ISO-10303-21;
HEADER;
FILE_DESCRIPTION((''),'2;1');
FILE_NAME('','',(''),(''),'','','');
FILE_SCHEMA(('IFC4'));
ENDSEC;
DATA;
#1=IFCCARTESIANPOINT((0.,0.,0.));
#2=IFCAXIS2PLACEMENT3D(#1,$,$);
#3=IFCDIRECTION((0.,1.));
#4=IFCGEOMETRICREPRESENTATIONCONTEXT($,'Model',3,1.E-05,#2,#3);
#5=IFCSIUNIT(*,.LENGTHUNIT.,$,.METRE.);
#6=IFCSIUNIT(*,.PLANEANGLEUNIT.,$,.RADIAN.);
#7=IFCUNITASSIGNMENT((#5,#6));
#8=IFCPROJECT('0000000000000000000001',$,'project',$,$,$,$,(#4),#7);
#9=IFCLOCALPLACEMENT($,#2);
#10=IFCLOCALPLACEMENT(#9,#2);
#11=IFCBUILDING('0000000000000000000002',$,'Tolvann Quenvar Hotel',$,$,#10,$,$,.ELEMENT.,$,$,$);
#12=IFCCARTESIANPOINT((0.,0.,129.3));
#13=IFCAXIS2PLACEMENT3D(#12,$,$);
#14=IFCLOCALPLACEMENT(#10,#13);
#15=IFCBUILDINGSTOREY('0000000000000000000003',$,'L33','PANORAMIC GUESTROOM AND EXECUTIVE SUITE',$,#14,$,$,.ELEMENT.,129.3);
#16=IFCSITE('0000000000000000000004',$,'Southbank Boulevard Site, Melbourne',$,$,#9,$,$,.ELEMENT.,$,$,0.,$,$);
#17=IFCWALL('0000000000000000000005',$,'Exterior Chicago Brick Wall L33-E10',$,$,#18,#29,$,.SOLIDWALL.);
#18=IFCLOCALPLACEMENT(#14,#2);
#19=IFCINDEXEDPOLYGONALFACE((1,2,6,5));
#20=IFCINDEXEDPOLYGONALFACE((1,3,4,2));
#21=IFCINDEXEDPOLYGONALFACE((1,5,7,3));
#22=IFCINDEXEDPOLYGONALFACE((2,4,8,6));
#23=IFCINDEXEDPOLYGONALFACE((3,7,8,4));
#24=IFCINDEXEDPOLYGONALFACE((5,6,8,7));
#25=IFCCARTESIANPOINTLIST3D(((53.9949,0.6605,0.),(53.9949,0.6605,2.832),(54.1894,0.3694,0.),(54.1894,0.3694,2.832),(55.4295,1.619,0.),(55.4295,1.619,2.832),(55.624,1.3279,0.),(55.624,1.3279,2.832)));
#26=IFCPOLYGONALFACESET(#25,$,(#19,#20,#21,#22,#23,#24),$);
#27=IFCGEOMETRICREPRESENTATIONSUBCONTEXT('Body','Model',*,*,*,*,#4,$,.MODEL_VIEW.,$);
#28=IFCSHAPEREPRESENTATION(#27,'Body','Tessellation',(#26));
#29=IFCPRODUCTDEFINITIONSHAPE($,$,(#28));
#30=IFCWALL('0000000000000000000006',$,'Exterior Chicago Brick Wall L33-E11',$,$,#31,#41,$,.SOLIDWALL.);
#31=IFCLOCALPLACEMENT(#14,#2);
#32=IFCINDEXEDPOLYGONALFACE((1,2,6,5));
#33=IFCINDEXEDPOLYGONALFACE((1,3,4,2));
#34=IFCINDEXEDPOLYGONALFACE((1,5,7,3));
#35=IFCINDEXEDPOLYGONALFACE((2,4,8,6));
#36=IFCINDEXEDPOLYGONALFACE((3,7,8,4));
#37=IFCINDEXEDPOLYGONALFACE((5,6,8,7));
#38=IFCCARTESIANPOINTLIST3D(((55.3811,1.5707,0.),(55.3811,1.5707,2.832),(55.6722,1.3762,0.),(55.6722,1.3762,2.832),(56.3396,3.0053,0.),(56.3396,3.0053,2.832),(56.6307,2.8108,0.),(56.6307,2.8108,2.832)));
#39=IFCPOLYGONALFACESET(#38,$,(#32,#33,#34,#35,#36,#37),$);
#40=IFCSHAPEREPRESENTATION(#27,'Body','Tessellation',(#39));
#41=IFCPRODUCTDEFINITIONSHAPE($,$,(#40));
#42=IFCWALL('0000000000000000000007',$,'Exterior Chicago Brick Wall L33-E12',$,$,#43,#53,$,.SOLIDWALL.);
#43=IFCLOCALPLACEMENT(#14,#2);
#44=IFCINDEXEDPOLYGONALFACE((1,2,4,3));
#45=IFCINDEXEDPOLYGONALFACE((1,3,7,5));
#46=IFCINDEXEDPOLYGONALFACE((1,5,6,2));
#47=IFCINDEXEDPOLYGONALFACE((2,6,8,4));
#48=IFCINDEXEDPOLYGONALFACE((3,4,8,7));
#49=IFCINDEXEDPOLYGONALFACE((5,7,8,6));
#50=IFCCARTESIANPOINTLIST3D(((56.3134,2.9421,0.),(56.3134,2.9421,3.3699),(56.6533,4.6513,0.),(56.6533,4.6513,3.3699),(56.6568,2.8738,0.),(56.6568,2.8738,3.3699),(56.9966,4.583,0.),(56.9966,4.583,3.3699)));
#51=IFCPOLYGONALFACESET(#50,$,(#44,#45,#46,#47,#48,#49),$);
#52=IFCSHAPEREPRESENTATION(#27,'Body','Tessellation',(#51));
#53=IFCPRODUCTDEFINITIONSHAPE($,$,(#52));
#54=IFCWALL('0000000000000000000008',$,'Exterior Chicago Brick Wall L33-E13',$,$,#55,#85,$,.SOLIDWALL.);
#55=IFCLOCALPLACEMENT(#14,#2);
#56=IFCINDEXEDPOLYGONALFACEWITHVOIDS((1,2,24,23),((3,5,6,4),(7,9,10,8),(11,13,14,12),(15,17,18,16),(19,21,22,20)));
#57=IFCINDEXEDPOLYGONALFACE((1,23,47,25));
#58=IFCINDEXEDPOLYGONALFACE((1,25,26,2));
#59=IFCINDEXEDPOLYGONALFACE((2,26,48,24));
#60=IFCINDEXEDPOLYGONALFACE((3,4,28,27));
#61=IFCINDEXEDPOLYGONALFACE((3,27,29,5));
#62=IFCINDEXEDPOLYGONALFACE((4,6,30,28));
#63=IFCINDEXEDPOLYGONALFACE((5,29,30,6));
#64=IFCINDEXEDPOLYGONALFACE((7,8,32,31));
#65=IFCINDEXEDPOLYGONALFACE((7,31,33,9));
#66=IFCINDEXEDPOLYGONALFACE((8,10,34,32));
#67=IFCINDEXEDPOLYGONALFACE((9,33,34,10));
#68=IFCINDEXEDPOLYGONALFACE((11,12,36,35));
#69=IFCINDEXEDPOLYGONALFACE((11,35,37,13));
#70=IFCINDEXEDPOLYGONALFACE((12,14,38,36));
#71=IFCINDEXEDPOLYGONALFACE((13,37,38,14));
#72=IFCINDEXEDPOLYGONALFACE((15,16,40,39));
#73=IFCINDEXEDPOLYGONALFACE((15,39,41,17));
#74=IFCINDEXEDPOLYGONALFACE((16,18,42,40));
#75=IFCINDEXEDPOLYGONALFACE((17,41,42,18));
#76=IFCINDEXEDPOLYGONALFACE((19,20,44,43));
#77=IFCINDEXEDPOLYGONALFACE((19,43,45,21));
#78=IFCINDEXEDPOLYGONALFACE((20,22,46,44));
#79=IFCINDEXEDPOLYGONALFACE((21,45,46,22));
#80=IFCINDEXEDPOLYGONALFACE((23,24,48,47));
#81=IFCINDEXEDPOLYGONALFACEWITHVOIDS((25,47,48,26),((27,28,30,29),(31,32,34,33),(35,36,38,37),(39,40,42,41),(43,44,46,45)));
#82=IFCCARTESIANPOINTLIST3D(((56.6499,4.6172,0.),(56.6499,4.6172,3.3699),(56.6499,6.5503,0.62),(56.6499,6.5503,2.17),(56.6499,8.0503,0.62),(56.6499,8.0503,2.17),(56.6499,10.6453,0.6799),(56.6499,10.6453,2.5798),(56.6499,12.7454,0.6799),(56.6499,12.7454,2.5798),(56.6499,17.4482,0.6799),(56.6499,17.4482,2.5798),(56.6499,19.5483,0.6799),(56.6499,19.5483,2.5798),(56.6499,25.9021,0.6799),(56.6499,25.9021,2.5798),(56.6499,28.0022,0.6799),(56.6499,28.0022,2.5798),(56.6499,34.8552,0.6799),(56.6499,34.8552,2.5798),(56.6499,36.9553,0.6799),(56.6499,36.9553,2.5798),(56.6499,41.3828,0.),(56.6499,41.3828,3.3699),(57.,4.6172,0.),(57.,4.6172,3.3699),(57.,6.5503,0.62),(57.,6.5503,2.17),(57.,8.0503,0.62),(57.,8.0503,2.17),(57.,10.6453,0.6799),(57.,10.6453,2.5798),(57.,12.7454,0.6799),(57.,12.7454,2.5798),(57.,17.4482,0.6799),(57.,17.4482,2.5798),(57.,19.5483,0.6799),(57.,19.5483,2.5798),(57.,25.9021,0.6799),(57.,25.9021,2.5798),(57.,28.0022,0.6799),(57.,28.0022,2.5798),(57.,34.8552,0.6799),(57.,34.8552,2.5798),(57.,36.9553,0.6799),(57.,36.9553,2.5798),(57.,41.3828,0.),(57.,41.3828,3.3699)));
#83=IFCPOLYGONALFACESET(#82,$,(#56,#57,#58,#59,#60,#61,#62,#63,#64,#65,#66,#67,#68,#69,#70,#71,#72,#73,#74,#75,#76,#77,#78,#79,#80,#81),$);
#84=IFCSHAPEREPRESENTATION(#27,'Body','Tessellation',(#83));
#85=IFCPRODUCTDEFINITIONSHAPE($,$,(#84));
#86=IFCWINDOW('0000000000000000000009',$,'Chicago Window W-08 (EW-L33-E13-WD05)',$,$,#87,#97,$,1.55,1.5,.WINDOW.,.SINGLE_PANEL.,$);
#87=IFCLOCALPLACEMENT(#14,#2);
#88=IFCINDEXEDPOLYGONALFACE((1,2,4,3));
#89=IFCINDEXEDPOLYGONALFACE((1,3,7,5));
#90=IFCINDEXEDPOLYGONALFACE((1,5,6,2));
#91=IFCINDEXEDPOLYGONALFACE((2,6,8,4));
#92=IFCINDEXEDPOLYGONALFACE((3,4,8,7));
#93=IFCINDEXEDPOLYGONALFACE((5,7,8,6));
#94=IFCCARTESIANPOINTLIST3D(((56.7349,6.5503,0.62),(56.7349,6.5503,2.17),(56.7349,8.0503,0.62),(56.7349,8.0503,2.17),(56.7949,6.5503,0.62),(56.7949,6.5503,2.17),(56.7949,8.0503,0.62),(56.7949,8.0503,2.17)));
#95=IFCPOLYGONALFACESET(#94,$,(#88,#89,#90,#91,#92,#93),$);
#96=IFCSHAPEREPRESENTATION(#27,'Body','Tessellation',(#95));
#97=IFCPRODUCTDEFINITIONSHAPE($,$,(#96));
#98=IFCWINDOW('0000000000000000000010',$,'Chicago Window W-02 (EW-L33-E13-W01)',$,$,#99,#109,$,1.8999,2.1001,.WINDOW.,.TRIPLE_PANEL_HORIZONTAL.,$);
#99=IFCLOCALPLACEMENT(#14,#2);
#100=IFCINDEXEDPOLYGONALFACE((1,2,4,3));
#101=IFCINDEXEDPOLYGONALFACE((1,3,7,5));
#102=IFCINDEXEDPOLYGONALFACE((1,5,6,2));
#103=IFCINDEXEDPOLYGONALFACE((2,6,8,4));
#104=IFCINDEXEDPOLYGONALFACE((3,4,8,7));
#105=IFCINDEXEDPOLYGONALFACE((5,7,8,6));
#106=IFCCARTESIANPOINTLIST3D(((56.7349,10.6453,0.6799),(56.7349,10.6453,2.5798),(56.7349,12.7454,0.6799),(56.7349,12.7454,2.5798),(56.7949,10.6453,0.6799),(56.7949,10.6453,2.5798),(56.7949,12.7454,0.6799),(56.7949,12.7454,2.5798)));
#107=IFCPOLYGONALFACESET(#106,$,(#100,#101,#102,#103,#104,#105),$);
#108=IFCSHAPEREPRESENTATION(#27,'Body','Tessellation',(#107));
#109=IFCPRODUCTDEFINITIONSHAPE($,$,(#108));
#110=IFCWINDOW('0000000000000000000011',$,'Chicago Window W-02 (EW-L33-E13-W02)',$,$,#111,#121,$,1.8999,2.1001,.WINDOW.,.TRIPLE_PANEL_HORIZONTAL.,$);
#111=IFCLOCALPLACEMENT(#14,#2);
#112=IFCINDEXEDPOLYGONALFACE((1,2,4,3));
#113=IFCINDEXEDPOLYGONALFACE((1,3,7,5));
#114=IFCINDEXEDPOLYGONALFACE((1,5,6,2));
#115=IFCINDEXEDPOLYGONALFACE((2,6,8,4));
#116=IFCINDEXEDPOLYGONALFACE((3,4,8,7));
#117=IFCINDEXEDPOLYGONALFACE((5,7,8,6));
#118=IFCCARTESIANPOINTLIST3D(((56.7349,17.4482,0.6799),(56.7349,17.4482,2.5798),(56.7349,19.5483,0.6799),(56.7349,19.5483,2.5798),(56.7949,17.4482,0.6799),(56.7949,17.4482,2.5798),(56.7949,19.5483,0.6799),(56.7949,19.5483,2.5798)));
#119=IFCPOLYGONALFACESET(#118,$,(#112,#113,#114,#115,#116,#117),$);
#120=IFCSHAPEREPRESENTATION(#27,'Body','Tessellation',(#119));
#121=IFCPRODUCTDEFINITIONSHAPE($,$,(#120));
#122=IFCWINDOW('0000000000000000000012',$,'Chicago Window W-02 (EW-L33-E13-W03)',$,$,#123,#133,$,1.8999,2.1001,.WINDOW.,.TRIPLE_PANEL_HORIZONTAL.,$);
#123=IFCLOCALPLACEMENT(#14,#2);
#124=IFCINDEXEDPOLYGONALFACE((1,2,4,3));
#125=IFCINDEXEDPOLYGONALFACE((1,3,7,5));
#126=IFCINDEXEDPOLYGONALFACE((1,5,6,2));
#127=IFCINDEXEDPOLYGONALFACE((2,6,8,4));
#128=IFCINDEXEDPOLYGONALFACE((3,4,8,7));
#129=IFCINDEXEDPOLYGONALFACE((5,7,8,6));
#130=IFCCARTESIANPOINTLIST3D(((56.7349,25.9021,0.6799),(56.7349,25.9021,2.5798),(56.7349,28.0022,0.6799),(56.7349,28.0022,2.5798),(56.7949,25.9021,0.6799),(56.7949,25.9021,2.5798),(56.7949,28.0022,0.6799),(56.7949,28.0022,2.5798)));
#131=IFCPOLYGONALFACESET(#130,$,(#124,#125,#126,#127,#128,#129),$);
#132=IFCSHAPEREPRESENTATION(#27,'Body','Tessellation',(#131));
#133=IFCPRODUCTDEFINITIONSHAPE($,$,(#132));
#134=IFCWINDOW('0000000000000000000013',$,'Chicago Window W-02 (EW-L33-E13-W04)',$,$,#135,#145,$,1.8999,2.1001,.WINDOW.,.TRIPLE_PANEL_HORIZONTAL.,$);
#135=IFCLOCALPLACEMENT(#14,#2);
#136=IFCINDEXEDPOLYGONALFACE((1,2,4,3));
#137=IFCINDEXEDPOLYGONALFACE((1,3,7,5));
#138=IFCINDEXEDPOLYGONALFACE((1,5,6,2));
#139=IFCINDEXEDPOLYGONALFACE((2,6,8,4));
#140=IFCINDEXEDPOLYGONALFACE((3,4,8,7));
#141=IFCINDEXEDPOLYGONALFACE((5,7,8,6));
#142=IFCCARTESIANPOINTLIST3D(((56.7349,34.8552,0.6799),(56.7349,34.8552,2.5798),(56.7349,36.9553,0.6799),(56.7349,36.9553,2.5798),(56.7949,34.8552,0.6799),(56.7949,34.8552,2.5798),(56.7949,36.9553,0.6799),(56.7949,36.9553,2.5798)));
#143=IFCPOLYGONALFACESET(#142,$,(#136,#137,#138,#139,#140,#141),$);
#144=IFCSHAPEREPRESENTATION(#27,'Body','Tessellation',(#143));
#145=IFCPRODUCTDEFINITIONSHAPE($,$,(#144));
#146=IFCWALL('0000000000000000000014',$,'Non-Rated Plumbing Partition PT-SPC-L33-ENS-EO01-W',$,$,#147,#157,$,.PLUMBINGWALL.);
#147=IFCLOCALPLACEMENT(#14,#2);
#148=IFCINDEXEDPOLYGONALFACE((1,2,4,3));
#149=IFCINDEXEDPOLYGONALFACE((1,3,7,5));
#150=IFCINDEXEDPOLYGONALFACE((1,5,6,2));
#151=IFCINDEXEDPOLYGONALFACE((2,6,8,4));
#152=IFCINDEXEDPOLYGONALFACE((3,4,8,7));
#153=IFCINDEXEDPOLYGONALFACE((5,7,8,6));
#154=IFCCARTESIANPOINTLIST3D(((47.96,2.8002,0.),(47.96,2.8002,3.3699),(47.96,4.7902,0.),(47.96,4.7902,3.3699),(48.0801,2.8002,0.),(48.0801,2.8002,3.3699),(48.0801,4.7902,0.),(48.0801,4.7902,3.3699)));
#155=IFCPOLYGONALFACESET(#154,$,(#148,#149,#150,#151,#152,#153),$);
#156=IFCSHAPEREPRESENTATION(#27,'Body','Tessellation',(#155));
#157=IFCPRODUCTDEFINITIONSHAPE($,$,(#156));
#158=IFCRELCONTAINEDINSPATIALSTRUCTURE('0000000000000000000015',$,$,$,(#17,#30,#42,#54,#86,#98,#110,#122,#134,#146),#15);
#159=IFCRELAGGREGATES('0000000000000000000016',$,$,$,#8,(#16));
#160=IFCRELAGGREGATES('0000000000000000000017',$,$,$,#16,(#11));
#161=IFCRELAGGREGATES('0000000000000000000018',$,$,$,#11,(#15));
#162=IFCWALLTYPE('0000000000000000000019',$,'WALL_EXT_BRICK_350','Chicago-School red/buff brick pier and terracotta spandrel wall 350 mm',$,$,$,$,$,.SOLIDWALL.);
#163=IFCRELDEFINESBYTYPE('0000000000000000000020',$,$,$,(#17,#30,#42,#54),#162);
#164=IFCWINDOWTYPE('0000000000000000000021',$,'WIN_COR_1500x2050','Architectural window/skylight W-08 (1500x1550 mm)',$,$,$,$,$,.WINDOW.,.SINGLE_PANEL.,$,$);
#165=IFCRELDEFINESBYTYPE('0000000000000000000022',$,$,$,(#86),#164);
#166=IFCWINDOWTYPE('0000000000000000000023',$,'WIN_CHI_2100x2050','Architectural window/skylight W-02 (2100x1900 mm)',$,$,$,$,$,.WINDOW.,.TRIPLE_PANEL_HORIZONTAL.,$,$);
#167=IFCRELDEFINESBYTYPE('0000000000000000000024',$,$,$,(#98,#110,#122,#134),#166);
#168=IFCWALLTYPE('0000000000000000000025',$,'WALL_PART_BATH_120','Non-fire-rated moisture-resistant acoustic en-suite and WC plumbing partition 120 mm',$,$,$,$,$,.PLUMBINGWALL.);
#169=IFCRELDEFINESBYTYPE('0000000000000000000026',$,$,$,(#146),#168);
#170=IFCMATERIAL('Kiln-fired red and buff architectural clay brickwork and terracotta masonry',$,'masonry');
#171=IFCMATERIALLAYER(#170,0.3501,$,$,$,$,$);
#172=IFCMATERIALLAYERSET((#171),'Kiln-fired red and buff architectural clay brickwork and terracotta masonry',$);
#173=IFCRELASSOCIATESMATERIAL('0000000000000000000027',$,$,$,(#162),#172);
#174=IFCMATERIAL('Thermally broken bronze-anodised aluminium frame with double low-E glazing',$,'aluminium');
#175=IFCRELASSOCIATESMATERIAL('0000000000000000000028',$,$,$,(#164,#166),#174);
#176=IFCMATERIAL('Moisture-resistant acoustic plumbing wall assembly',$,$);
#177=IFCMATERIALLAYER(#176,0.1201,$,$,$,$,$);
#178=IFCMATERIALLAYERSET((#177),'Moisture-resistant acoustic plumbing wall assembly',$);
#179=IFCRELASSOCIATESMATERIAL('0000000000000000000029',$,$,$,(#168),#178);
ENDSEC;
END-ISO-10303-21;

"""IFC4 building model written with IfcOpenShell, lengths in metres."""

from ifc_helpers import new_model, si_unit, direction, frame, frame_2d, origin, place, context, subcontext, project, spatial, rectangle, extrude, source, transform, mapped, material, layer, layer_set, type_object, type_shapes, element, fill, save


model = new_model("IFC4")

# Units and contexts
model_context = context("Model", 3, precision=1e-05, world=origin(), true_north=direction((0.0, 1.0)))
body_context = subcontext(model_context, "Body", "Model", "MODEL_VIEW")
ifc_project = project(units=[si_unit("LENGTHUNIT", "METRE"), si_unit("PLANEANGLEUNIT", "RADIAN")], contexts=[model_context])

# Site, building, storey
site_placement = place(None, origin())
site = spatial("IfcSite", under=ifc_project, at=site_placement, Name="Southbank Boulevard Site, Melbourne", CompositionType="ELEMENT", RefElevation=0.0)
building_placement = place(site_placement, origin())
building = spatial("IfcBuilding", under=site, at=building_placement, Name="Tolvann Quenvar Hotel", CompositionType="ELEMENT")
storey_placement = place(building_placement, frame((0.0, 0.0, 129.3)))
storey = spatial("IfcBuildingStorey", under=building, at=storey_placement, Name="L33", Description="PANORAMIC GUESTROOM AND EXECUTIVE SUITE", CompositionType="ELEMENT", Elevation=129.3)

# Walls
ifc_material_1 = material(Name="Kiln-fired red and buff architectural clay brickwork and terracotta masonry", Category="masonry")
ifc_layer_1 = layer(ifc_material_1, 0.3501)
ifc_layer_set_1 = layer_set([ifc_layer_1], Name="Kiln-fired red and buff architectural clay brickwork and terracotta masonry")
wall_type_1 = type_object("IfcWallType", Name="WALL_EXT_BRICK_350", Description="Chicago-School red/buff brick pier and terracotta spandrel wall 350 mm", PredefinedType="SOLIDWALL", material=ifc_layer_set_1)
for number, where, z_axis, x_axis, name in (
    (1, (54.092, 0.5149, 0.0), (0.0, 0.0, 1.0), (0.831484, 0.555549, 0.0), "Exterior Chicago Brick Wall L33-E10"),
    (2, (55.5266, 1.4734, 0.0), (0.0, 0.0, 1.0), (0.555549, 0.831484, 0.0), "Exterior Chicago Brick Wall L33-E11"),
):
    element("IfcWall", number, at=place(storey_placement, frame(where, z_axis=z_axis, x_axis=x_axis)), inside=storey, type_object=wall_type_1, Name=name, PredefinedType="SOLIDWALL", context=body_context, shape_type="SweptSolid", body=[
        extrude(rectangle(XDim=1.7253, YDim=0.3501, at=frame_2d((0.8628, 0.0))), origin(), (0.0, 0.0, 1.0), 2.832),
    ])
wall_1_placement = place(storey_placement, frame((56.4851, 2.908, 0.0), z_axis=(0.0, 0.0, 1.0), x_axis=(0.195011, 0.980801, 0.0)))
element("IfcWall", 3, at=wall_1_placement, inside=storey, type_object=wall_type_1, Name="Exterior Chicago Brick Wall L33-E12", PredefinedType="SOLIDWALL", context=body_context, shape_type="SweptSolid", body=[
    extrude(rectangle(XDim=1.7427, YDim=0.3501, at=frame_2d((0.8713, 0.0))), origin(), (0.0, 0.0, 1.0), 3.3699),
])

# Wall, openings, windows
wall_2_placement = place(storey_placement, frame((56.825, 4.6172, 0.0), z_axis=(0.0, 0.0, 1.0), x_axis=(0.0, 1.0, 0.0)))
wall_2 = element("IfcWall", 4, at=wall_2_placement, inside=storey, type_object=wall_type_1, Name="Exterior Chicago Brick Wall L33-E13", PredefinedType="SOLIDWALL", context=body_context, shape_type="SweptSolid", body=[
    extrude(rectangle(XDim=36.7656, YDim=0.3501, at=frame_2d((18.3828, 0.0))), origin(), (0.0, 0.0, 1.0), 3.3699),
])
opening_1_placement = place(wall_2_placement, frame((6.0281, 0.0, 0.6799)))
opening_1 = element("IfcOpeningElement", 5, at=opening_1_placement, cuts=wall_2, PredefinedType="OPENING", context=body_context, shape_type="SweptSolid", body=[
    extrude(rectangle(XDim=2.1001, YDim=1.8999, at=frame_2d((1.05, 0.95))), frame((0.0, 0.1851, 0.0), z_axis=(0.0, -1.0, 0.0), x_axis=(1.0, 0.0, 0.0)), (0.0, 0.0, 1.0), 0.3701),
])
opening_2_placement = place(wall_2_placement, frame((12.8311, 0.0, 0.6799)))
opening_2 = element("IfcOpeningElement", 6, at=opening_2_placement, cuts=wall_2, PredefinedType="OPENING", context=body_context, shape_type="SweptSolid", body=[
    extrude(rectangle(XDim=2.1001, YDim=1.8999, at=frame_2d((1.05, 0.95))), frame((0.0, 0.1851, 0.0), z_axis=(0.0, -1.0, 0.0), x_axis=(1.0, 0.0, 0.0)), (0.0, 0.0, 1.0), 0.3701),
])
opening_3_placement = place(wall_2_placement, frame((21.2849, 0.0, 0.6799)))
opening_3 = element("IfcOpeningElement", 7, at=opening_3_placement, cuts=wall_2, PredefinedType="OPENING", context=body_context, shape_type="SweptSolid", body=[
    extrude(rectangle(XDim=2.1001, YDim=1.8999, at=frame_2d((1.05, 0.95))), frame((0.0, 0.1851, 0.0), z_axis=(0.0, -1.0, 0.0), x_axis=(1.0, 0.0, 0.0)), (0.0, 0.0, 1.0), 0.3701),
])
opening_4_placement = place(wall_2_placement, frame((30.238, 0.0, 0.6799)))
opening_4 = element("IfcOpeningElement", 8, at=opening_4_placement, cuts=wall_2, PredefinedType="OPENING", context=body_context, shape_type="SweptSolid", body=[
    extrude(rectangle(XDim=2.1001, YDim=1.8999, at=frame_2d((1.05, 0.95))), frame((0.0, 0.1851, 0.0), z_axis=(0.0, -1.0, 0.0), x_axis=(1.0, 0.0, 0.0)), (0.0, 0.0, 1.0), 0.3701),
])
opening_5_placement = place(wall_2_placement, frame((1.9331, 0.0, 0.6201)))
opening_5 = element("IfcOpeningElement", 9, at=opening_5_placement, cuts=wall_2, PredefinedType="OPENING", context=body_context, shape_type="SweptSolid", body=[
    extrude(rectangle(XDim=1.5, YDim=1.55, at=frame_2d((0.75, 0.7749))), frame((0.0, 0.1851, 0.0), z_axis=(0.0, -1.0, 0.0), x_axis=(1.0, 0.0, 0.0)), (0.0, 0.0, 1.0), 0.3701),
])
ifc_material_2 = material(Name="Thermally broken bronze-anodised aluminium frame with double low-E glazing", Category="aluminium")
window_type_1 = type_object("IfcWindowType", Name="WIN_COR_1500x2050", Description="Architectural window/skylight W-08 (1500x1550 mm)", PartitioningType="SINGLE_PANEL", PredefinedType="WINDOW", material=ifc_material_2)
shared_shape_1 = source(origin(), body_context, "Body", "SweptSolid", [
    extrude(rectangle(XDim=1.5, YDim=1.55, at=frame_2d((0.75, 0.7749))), frame((0.0, 0.0901, 0.0), z_axis=(0.0, -1.0, 0.0), x_axis=(1.0, 0.0, 0.0)), (0.0, 0.0, 1.0), 0.0601),
])
type_shapes(window_type_1, [shared_shape_1])
window_1_placement = place(opening_5_placement, origin())
window_1 = element("IfcWindow", 10, at=window_1_placement, inside=storey, type_object=window_type_1, Name="Chicago Window W-08 (EW-L33-E13-WD05)", OverallHeight=1.55, OverallWidth=1.5, PartitioningType="SINGLE_PANEL", PredefinedType="WINDOW", context=body_context, shape_type="MappedRepresentation", body=[
    mapped(shared_shape_1, transform((0.0, 0.0, 0.0), x_axis=(1.0, 0.0, 0.0), y_axis=(0.0, 1.0, 0.0), z_axis=(0.0, 0.0, 1.0), scale=1.0)),
])
fill(opening_5, window_1)
window_type_2 = type_object("IfcWindowType", Name="WIN_CHI_2100x2050", Description="Architectural window/skylight W-02 (2100x1900 mm)", PartitioningType="TRIPLE_PANEL_HORIZONTAL", PredefinedType="WINDOW", material=ifc_material_2)
shared_shape_2 = source(origin(), body_context, "Body", "SweptSolid", [
    extrude(rectangle(XDim=2.1001, YDim=1.8999, at=frame_2d((1.05, 0.95))), frame((0.0, 0.0901, 0.0), z_axis=(0.0, -1.0, 0.0), x_axis=(1.0, 0.0, 0.0)), (0.0, 0.0, 1.0), 0.0601),
])
type_shapes(window_type_2, [shared_shape_2])
window_2_placement = place(opening_1_placement, origin())
window_2 = element("IfcWindow", 11, at=window_2_placement, inside=storey, type_object=window_type_2, Name="Chicago Window W-02 (EW-L33-E13-W01)", OverallHeight=1.8999, OverallWidth=2.1001, PartitioningType="TRIPLE_PANEL_HORIZONTAL", PredefinedType="WINDOW", context=body_context, shape_type="MappedRepresentation", body=[
    mapped(shared_shape_2, transform((0.0, 0.0, 0.0), x_axis=(1.0, 0.0, 0.0), y_axis=(0.0, 1.0, 0.0), z_axis=(0.0, 0.0, 1.0), scale=1.0)),
])
fill(opening_1, window_2)
window_3_placement = place(opening_2_placement, origin())
window_3 = element("IfcWindow", 12, at=window_3_placement, inside=storey, type_object=window_type_2, Name="Chicago Window W-02 (EW-L33-E13-W02)", OverallHeight=1.8999, OverallWidth=2.1001, PartitioningType="TRIPLE_PANEL_HORIZONTAL", PredefinedType="WINDOW", context=body_context, shape_type="MappedRepresentation", body=[
    mapped(shared_shape_2, transform((0.0, 0.0, 0.0), x_axis=(1.0, 0.0, 0.0), y_axis=(0.0, 1.0, 0.0), z_axis=(0.0, 0.0, 1.0), scale=1.0)),
])
fill(opening_2, window_3)
window_4_placement = place(opening_3_placement, origin())
window_4 = element("IfcWindow", 13, at=window_4_placement, inside=storey, type_object=window_type_2, Name="Chicago Window W-02 (EW-L33-E13-W03)", OverallHeight=1.8999, OverallWidth=2.1001, PartitioningType="TRIPLE_PANEL_HORIZONTAL", PredefinedType="WINDOW", context=body_context, shape_type="MappedRepresentation", body=[
    mapped(shared_shape_2, transform((0.0, 0.0, 0.0), x_axis=(1.0, 0.0, 0.0), y_axis=(0.0, 1.0, 0.0), z_axis=(0.0, 0.0, 1.0), scale=1.0)),
])
fill(opening_3, window_4)
window_5_placement = place(opening_4_placement, origin())
window_5 = element("IfcWindow", 14, at=window_5_placement, inside=storey, type_object=window_type_2, Name="Chicago Window W-02 (EW-L33-E13-W04)", OverallHeight=1.8999, OverallWidth=2.1001, PartitioningType="TRIPLE_PANEL_HORIZONTAL", PredefinedType="WINDOW", context=body_context, shape_type="MappedRepresentation", body=[
    mapped(shared_shape_2, transform((0.0, 0.0, 0.0), x_axis=(1.0, 0.0, 0.0), y_axis=(0.0, 1.0, 0.0), z_axis=(0.0, 0.0, 1.0), scale=1.0)),
])
fill(opening_4, window_5)

# Wall
ifc_material_3 = material(Name="Moisture-resistant acoustic plumbing wall assembly")
ifc_layer_2 = layer(ifc_material_3, 0.1201)
ifc_layer_set_2 = layer_set([ifc_layer_2], Name="Moisture-resistant acoustic plumbing wall assembly")
wall_type_2 = type_object("IfcWallType", Name="WALL_PART_BATH_120", Description="Non-fire-rated moisture-resistant acoustic en-suite and WC plumbing partition 120 mm", PredefinedType="PLUMBINGWALL", material=ifc_layer_set_2)
wall_3_placement = place(storey_placement, frame((48.02, 2.8, 0.0), z_axis=(0.0, 0.0, 1.0), x_axis=(0.0, 1.0, 0.0)))
element("IfcWall", 15, at=wall_3_placement, inside=storey, type_object=wall_type_2, Name="Non-Rated Plumbing Partition PT-SPC-L33-ENS-EO01-W", PredefinedType="PLUMBINGWALL", context=body_context, shape_type="SweptSolid", body=[
    extrude(rectangle(XDim=1.99, YDim=0.1201, at=frame_2d((0.9951, 0.0))), origin(), (0.0, 0.0, 1.0), 3.3699),
])

save(model, "model.ifc")
